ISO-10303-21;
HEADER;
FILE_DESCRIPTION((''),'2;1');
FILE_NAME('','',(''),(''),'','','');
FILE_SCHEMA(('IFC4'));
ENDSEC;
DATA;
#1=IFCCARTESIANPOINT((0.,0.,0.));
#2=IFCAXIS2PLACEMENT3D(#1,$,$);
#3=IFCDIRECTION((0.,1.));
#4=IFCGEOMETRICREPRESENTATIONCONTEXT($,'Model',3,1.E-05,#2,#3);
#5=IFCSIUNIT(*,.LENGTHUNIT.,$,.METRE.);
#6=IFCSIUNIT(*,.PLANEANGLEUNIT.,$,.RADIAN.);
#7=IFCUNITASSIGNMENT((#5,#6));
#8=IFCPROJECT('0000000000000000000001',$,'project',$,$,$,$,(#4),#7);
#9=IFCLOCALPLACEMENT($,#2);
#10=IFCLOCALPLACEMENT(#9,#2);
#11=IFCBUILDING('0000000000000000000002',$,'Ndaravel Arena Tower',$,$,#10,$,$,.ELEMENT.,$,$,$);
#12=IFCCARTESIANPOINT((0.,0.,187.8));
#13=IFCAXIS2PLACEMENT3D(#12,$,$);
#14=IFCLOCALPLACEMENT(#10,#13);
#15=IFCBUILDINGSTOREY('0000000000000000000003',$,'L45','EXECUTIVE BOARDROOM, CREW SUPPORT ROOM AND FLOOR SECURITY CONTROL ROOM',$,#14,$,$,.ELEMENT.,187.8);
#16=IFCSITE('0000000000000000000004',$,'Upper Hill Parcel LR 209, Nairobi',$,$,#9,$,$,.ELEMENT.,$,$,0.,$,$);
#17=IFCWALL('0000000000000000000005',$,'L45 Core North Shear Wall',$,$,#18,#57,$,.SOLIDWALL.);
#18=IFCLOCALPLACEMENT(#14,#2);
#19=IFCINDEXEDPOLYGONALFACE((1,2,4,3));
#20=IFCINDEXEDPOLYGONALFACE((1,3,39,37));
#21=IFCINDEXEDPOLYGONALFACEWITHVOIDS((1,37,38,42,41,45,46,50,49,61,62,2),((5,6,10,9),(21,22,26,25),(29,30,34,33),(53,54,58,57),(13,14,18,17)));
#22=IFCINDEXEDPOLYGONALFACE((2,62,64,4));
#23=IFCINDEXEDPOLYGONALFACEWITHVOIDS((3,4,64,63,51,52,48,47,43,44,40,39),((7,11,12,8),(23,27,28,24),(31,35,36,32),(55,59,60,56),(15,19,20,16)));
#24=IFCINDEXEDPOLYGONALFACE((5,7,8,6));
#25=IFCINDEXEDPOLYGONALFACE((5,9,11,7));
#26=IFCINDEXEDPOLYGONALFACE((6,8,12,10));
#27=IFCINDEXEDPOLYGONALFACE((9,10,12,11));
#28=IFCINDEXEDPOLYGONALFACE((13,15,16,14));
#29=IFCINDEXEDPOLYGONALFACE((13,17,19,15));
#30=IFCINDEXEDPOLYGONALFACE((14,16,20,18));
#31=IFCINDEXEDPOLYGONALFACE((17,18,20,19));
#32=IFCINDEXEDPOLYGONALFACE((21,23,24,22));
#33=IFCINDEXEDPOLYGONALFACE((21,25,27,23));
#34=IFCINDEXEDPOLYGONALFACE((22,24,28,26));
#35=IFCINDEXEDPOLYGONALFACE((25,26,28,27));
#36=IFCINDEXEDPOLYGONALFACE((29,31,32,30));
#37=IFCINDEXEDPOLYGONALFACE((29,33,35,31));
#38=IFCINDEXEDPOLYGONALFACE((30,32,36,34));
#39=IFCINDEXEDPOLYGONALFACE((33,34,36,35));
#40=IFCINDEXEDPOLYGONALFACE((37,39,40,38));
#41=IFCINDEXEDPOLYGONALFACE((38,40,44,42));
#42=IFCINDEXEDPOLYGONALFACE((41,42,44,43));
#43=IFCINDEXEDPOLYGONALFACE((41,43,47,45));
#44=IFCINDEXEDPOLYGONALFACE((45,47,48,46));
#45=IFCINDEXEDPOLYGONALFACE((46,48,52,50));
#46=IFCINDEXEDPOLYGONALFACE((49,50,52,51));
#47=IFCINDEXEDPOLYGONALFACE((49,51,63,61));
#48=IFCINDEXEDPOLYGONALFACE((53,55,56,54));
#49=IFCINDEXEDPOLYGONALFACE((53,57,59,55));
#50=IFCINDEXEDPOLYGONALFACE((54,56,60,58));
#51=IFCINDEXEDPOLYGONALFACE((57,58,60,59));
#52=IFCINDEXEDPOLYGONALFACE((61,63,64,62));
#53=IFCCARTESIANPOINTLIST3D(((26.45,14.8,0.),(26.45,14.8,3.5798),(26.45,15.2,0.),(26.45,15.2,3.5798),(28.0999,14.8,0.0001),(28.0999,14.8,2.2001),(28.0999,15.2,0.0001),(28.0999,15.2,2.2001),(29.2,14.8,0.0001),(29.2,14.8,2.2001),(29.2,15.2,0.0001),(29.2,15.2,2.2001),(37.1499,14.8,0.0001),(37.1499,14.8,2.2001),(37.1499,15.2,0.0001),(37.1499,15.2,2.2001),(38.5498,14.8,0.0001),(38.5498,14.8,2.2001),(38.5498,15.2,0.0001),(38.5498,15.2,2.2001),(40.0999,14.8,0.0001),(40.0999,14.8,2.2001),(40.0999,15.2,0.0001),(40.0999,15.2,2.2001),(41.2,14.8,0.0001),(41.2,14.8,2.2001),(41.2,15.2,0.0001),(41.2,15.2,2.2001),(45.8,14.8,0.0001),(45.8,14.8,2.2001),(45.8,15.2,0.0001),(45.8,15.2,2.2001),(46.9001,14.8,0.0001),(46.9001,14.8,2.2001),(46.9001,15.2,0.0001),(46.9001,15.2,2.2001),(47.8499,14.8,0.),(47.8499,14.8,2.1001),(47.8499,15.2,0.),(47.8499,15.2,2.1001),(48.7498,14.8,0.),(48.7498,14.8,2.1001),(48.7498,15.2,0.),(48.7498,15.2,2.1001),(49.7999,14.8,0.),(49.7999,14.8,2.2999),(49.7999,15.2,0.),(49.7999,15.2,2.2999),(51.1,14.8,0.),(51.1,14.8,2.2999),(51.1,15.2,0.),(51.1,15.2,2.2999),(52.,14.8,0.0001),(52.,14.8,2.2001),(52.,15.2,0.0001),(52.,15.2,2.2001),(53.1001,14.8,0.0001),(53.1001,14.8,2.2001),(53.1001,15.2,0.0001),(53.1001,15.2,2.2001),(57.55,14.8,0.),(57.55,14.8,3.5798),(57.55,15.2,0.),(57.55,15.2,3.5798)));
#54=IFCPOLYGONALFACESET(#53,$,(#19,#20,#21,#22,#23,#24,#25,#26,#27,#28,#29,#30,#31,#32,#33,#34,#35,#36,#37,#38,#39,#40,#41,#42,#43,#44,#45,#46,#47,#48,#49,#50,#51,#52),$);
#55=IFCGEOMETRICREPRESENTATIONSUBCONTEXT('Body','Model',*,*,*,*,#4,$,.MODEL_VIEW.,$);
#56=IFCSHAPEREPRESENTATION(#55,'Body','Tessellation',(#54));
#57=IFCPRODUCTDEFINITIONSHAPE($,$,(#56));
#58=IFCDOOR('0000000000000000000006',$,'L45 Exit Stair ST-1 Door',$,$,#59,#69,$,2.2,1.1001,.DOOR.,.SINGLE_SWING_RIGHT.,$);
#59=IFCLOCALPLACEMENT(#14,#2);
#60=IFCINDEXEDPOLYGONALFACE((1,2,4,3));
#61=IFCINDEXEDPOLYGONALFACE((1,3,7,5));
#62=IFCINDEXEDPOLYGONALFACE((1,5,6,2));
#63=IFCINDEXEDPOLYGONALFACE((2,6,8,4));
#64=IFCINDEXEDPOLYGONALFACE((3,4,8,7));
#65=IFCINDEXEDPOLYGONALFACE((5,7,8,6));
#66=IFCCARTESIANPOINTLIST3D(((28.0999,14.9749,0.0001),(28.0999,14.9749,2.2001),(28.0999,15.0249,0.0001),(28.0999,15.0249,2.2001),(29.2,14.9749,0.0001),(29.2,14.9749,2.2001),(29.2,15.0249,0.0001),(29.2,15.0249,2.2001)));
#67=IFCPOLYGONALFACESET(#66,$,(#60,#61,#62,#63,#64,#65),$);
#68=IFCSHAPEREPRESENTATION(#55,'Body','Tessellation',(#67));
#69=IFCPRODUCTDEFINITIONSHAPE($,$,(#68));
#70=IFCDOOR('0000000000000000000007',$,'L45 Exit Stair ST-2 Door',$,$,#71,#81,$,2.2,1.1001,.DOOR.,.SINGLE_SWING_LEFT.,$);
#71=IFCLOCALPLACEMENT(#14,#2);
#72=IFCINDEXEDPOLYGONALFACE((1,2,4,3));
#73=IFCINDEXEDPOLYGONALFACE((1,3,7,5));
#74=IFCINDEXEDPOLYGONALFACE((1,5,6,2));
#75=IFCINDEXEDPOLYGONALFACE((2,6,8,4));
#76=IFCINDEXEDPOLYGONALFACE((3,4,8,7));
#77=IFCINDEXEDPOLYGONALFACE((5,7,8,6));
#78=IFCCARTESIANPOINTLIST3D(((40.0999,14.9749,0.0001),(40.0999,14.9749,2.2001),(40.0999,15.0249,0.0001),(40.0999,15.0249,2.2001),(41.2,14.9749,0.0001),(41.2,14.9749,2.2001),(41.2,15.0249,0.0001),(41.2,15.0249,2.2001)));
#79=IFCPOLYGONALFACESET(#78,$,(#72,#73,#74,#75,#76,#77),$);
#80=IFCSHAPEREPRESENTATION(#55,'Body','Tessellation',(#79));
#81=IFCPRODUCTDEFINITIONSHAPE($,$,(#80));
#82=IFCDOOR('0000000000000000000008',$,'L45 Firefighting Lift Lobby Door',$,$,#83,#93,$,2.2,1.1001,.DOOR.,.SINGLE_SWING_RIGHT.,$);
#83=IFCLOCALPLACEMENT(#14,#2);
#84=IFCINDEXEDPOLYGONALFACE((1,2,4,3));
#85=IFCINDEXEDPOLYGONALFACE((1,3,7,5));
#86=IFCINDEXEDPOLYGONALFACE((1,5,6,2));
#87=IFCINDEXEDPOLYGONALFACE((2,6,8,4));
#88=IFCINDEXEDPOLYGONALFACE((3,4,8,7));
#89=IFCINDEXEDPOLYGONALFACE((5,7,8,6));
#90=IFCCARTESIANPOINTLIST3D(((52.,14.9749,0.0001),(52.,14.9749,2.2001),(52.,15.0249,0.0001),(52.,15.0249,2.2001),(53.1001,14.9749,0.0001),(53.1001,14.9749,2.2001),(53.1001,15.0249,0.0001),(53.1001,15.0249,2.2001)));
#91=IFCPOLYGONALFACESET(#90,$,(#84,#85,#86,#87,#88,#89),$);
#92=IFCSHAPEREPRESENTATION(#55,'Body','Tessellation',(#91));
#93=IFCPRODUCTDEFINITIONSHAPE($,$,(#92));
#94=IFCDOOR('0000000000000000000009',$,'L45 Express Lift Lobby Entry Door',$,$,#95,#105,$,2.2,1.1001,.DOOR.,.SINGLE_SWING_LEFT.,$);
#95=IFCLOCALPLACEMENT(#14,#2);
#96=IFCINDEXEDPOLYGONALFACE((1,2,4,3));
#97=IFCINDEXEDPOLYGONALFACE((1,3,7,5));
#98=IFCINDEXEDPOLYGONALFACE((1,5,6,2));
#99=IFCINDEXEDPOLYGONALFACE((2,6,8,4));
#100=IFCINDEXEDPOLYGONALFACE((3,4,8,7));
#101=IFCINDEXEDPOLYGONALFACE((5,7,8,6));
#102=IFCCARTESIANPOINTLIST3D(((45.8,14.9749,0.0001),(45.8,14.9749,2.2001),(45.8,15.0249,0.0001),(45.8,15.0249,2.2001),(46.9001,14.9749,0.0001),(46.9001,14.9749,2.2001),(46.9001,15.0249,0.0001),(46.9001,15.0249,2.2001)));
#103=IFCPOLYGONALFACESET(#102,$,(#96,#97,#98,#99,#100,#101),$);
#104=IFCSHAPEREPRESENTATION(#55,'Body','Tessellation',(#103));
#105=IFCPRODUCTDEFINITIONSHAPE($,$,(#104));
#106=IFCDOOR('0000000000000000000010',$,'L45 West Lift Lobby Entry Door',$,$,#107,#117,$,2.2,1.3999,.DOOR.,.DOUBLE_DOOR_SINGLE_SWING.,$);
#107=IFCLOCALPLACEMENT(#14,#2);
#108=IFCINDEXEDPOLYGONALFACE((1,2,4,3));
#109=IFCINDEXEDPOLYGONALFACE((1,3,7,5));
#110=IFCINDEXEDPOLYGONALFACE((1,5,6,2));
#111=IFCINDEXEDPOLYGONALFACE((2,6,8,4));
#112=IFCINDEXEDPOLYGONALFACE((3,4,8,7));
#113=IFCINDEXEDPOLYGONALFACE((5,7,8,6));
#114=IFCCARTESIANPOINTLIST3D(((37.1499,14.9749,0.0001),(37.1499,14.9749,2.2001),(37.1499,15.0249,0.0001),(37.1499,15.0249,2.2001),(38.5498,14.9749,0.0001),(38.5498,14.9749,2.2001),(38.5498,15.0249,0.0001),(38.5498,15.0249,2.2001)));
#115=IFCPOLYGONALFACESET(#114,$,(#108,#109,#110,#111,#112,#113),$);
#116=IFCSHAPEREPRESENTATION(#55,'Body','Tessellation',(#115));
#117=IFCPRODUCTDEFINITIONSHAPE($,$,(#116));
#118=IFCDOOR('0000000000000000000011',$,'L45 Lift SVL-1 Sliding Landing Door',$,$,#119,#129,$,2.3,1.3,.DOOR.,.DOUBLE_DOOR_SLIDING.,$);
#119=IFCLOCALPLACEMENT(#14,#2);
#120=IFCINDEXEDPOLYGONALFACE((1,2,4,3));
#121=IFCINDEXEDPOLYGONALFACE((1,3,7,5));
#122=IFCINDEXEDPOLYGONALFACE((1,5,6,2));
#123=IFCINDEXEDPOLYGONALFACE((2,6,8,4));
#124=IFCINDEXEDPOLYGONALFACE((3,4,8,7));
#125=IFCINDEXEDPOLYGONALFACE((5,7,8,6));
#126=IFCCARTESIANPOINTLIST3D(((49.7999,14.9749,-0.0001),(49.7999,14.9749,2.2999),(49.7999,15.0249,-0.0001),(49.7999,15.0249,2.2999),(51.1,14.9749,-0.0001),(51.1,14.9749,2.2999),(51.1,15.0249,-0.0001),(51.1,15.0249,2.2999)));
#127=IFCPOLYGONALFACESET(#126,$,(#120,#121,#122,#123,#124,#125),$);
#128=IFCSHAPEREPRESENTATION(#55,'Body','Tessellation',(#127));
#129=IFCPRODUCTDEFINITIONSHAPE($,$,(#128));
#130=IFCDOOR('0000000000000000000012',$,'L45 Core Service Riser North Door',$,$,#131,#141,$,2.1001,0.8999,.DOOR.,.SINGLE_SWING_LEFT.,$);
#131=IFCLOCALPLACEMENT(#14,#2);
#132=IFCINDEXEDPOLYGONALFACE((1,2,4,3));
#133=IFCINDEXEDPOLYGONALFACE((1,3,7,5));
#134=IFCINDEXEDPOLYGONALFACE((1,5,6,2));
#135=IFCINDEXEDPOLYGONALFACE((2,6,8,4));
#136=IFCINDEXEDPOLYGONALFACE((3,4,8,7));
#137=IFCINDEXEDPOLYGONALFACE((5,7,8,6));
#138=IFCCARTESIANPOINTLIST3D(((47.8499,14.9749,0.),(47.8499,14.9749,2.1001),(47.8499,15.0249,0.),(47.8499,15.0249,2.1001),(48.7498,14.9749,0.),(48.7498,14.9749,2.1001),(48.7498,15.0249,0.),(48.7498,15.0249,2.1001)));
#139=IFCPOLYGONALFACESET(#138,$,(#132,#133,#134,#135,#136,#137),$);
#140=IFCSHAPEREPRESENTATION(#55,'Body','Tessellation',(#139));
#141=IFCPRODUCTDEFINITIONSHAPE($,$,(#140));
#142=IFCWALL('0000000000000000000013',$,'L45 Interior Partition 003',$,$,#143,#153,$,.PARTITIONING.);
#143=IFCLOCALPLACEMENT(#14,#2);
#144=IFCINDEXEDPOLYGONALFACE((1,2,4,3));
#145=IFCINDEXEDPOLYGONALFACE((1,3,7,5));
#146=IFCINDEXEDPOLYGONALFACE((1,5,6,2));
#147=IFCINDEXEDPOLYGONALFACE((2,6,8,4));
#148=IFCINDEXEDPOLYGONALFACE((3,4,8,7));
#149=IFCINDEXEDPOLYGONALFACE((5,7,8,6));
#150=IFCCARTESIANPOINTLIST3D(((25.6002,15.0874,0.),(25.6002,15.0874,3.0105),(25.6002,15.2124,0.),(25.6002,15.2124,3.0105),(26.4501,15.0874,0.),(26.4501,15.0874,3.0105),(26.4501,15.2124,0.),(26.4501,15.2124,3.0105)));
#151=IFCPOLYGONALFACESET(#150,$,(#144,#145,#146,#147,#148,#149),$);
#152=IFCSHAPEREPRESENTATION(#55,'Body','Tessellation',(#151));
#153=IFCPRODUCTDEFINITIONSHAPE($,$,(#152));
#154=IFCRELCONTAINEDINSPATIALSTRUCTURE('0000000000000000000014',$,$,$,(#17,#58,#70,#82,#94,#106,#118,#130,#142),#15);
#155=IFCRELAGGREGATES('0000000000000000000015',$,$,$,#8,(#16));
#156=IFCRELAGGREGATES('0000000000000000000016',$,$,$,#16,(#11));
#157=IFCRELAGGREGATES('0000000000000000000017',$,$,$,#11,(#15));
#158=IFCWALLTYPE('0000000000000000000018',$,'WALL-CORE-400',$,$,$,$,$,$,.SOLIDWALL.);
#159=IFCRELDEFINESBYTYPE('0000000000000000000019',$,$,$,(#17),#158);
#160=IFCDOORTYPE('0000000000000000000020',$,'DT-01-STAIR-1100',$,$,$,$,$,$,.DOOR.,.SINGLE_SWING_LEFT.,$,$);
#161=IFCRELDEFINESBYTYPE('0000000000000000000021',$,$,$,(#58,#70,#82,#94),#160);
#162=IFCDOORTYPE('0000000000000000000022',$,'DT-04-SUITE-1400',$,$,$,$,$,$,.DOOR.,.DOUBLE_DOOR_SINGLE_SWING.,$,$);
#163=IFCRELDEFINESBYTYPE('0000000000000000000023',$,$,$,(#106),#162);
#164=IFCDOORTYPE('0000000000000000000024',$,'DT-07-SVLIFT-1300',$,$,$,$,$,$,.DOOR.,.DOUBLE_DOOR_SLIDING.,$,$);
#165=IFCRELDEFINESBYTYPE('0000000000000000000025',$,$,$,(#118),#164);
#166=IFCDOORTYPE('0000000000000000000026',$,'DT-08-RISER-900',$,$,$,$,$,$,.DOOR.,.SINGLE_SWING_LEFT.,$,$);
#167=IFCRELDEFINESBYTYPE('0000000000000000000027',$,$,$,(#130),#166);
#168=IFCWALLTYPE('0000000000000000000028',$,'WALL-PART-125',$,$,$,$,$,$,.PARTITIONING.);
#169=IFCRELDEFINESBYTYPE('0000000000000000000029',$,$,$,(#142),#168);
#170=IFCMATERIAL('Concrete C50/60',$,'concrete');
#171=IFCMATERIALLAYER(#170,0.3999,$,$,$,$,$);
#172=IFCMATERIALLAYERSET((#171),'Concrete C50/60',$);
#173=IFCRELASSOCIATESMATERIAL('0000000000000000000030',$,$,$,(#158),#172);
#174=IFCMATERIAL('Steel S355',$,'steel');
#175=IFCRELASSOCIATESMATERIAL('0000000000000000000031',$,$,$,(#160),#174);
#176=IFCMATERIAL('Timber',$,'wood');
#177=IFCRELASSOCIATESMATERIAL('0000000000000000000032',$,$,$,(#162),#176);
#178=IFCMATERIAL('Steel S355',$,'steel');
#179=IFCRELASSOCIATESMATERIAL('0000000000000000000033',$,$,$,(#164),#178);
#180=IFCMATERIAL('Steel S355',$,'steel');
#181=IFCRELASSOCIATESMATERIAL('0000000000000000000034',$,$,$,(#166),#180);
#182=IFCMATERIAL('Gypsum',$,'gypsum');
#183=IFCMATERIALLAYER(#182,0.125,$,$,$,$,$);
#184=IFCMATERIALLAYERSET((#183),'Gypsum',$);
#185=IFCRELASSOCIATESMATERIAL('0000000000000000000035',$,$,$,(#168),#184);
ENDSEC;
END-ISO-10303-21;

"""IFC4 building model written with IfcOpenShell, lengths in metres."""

from ifc_helpers import new_model, si_unit, direction, frame, frame_2d, origin, place, context, subcontext, project, spatial, rectangle, extrude, material, layer, layer_set, type_object, element, fill, save


model = new_model("IFC4")

# Units and contexts
model_context = context("Model", 3, precision=1e-05, world=origin(), true_north=direction((0.0, 1.0)))
body_context = subcontext(model_context, "Body", "Model", "MODEL_VIEW")
ifc_project = project(units=[si_unit("LENGTHUNIT", "METRE"), si_unit("PLANEANGLEUNIT", "RADIAN")], contexts=[model_context])

# Site, building, storey
site_placement = place(None, origin())
site = spatial("IfcSite", under=ifc_project, at=site_placement, Name="Upper Hill Parcel LR 209, Nairobi", CompositionType="ELEMENT", RefElevation=0.0)
building_placement = place(site_placement, origin())
building = spatial("IfcBuilding", under=site, at=building_placement, Name="Ndaravel Arena Tower", CompositionType="ELEMENT")
storey_placement = place(building_placement, frame((0.0, 0.0, 187.8)))
storey = spatial("IfcBuildingStorey", under=building, at=storey_placement, Name="L45", Description="EXECUTIVE BOARDROOM, CREW SUPPORT ROOM AND FLOOR SECURITY CONTROL ROOM", CompositionType="ELEMENT", Elevation=187.8)

# Wall, openings, doors
ifc_material_1 = material(Name="Concrete C50/60", Category="concrete")
ifc_layer_1 = layer(ifc_material_1, 0.3999)
ifc_layer_set_1 = layer_set([ifc_layer_1], Name="Concrete C50/60")
wall_type_1 = type_object("IfcWallType", Name="WALL-CORE-400", PredefinedType="SOLIDWALL", material=ifc_layer_set_1)
wall_1_placement = place(storey_placement, frame((26.45, 15.0, 0.0), z_axis=(0.0, 0.0, 1.0), x_axis=(1.0, 0.0, 0.0)))
wall_1 = element("IfcWall", 1, at=wall_1_placement, inside=storey, type_object=wall_type_1, Name="L45 Core North Shear Wall", PredefinedType="SOLIDWALL", context=body_context, shape_type="SweptSolid", body=[
    extrude(rectangle(XDim=31.1001, YDim=0.3999, at=frame_2d((15.55, 0.0))), origin(), (0.0, 0.0, 1.0), 3.5798),
])
opening_1_placement = place(wall_1_placement, frame((1.6499, 0.0, 0.0)))
opening_1 = element("IfcOpeningElement", 2, at=opening_1_placement, cuts=wall_1, PredefinedType="OPENING", context=body_context, shape_type="SweptSolid", body=[
    extrude(rectangle(XDim=1.1001, YDim=2.2, at=frame_2d((0.55, 1.1001))), frame((0.0, 0.2, 0.0), z_axis=(0.0, -1.0, 0.0), x_axis=(1.0, 0.0, 0.0)), (0.0, 0.0, 1.0), 0.3999),
])
opening_2_placement = place(wall_1_placement, frame((13.6499, 0.0, 0.0)))
opening_2 = element("IfcOpeningElement", 3, at=opening_2_placement, cuts=wall_1, PredefinedType="OPENING", context=body_context, shape_type="SweptSolid", body=[
    extrude(rectangle(XDim=1.1001, YDim=2.2, at=frame_2d((0.55, 1.1001))), frame((0.0, 0.2, 0.0), z_axis=(0.0, -1.0, 0.0), x_axis=(1.0, 0.0, 0.0)), (0.0, 0.0, 1.0), 0.3999),
])
opening_3_placement = place(wall_1_placement, frame((25.55, 0.0, 0.0)))
opening_3 = element("IfcOpeningElement", 4, at=opening_3_placement, cuts=wall_1, PredefinedType="OPENING", context=body_context, shape_type="SweptSolid", body=[
    extrude(rectangle(XDim=1.1001, YDim=2.2, at=frame_2d((0.55, 1.1001))), frame((0.0, 0.2, 0.0), z_axis=(0.0, -1.0, 0.0), x_axis=(1.0, 0.0, 0.0)), (0.0, 0.0, 1.0), 0.3999),
])
opening_4_placement = place(wall_1_placement, frame((10.7, 0.0, 0.0)))
opening_4 = element("IfcOpeningElement", 5, at=opening_4_placement, cuts=wall_1, PredefinedType="OPENING", context=body_context, shape_type="SweptSolid", body=[
    extrude(rectangle(XDim=1.3999, YDim=2.2, at=frame_2d((0.7, 1.1001))), frame((0.0, 0.2, 0.0), z_axis=(0.0, -1.0, 0.0), x_axis=(1.0, 0.0, 0.0)), (0.0, 0.0, 1.0), 0.3999),
])
opening_5_placement = place(wall_1_placement, frame((19.3501, 0.0, 0.0)))
opening_5 = element("IfcOpeningElement", 6, at=opening_5_placement, cuts=wall_1, PredefinedType="OPENING", context=body_context, shape_type="SweptSolid", body=[
    extrude(rectangle(XDim=1.1001, YDim=2.2, at=frame_2d((0.55, 1.1001))), frame((0.0, 0.2, 0.0), z_axis=(0.0, -1.0, 0.0), x_axis=(1.0, 0.0, 0.0)), (0.0, 0.0, 1.0), 0.3999),
])
opening_6_placement = place(wall_1_placement, frame((21.3999, 0.0, 0.0)))
opening_6 = element("IfcOpeningElement", 7, at=opening_6_placement, cuts=wall_1, PredefinedType="OPENING", context=body_context, shape_type="SweptSolid", body=[
    extrude(rectangle(XDim=0.8999, YDim=2.1001, at=frame_2d((0.45, 1.05))), frame((0.0, 0.2, 0.0), z_axis=(0.0, -1.0, 0.0), x_axis=(1.0, 0.0, 0.0)), (0.0, 0.0, 1.0), 0.3999),
])
opening_7_placement = place(wall_1_placement, frame((23.3501, 0.0, 0.0)))
opening_7 = element("IfcOpeningElement", 8, at=opening_7_placement, cuts=wall_1, PredefinedType="OPENING", context=body_context, shape_type="SweptSolid", body=[
    extrude(rectangle(XDim=1.3, YDim=2.3, at=frame_2d((0.6499, 1.1499))), frame((0.0, 0.2, 0.0), z_axis=(0.0, -1.0, 0.0), x_axis=(1.0, 0.0, 0.0)), (0.0, 0.0, 1.0), 0.3999),
])
ifc_material_2 = material(Name="Steel S355", Category="steel")
door_type_1 = type_object("IfcDoorType", Name="DT-01-STAIR-1100", OperationType="SINGLE_SWING_LEFT", PredefinedType="DOOR", material=ifc_material_2)
door_1_placement = place(opening_1_placement, origin())
door_1 = element("IfcDoor", 9, at=door_1_placement, inside=storey, type_object=door_type_1, Name="L45 Exit Stair ST-1 Door", OperationType="SINGLE_SWING_RIGHT", OverallHeight=2.2, OverallWidth=1.1001, PredefinedType="DOOR", context=body_context, shape_type="SweptSolid", body=[
    extrude(rectangle(XDim=1.1001, YDim=2.2, at=frame_2d((0.55, 1.1001))), frame((0.0, 0.0249, 0.0), z_axis=(0.0, -1.0, 0.0), x_axis=(1.0, 0.0, 0.0)), (0.0, 0.0, 1.0), 0.05),
])
fill(opening_1, door_1)
door_2_placement = place(opening_2_placement, origin())
door_2 = element("IfcDoor", 10, at=door_2_placement, inside=storey, type_object=door_type_1, Name="L45 Exit Stair ST-2 Door", OperationType="SINGLE_SWING_LEFT", OverallHeight=2.2, OverallWidth=1.1001, PredefinedType="DOOR", context=body_context, shape_type="SweptSolid", body=[
    extrude(rectangle(XDim=1.1001, YDim=2.2, at=frame_2d((0.55, 1.1001))), frame((0.0, 0.0249, 0.0), z_axis=(0.0, -1.0, 0.0), x_axis=(1.0, 0.0, 0.0)), (0.0, 0.0, 1.0), 0.05),
])
fill(opening_2, door_2)
door_3_placement = place(opening_3_placement, origin())
door_3 = element("IfcDoor", 11, at=door_3_placement, inside=storey, type_object=door_type_1, Name="L45 Firefighting Lift Lobby Door", OperationType="SINGLE_SWING_RIGHT", OverallHeight=2.2, OverallWidth=1.1001, PredefinedType="DOOR", context=body_context, shape_type="SweptSolid", body=[
    extrude(rectangle(XDim=1.1001, YDim=2.2, at=frame_2d((0.55, 1.1001))), frame((0.0, 0.0249, 0.0), z_axis=(0.0, -1.0, 0.0), x_axis=(1.0, 0.0, 0.0)), (0.0, 0.0, 1.0), 0.05),
])
fill(opening_3, door_3)
door_4_placement = place(opening_5_placement, origin())
door_4 = element("IfcDoor", 12, at=door_4_placement, inside=storey, type_object=door_type_1, Name="L45 Express Lift Lobby Entry Door", OperationType="SINGLE_SWING_LEFT", OverallHeight=2.2, OverallWidth=1.1001, PredefinedType="DOOR", context=body_context, shape_type="SweptSolid", body=[
    extrude(rectangle(XDim=1.1001, YDim=2.2, at=frame_2d((0.55, 1.1001))), frame((0.0, 0.0249, 0.0), z_axis=(0.0, -1.0, 0.0), x_axis=(1.0, 0.0, 0.0)), (0.0, 0.0, 1.0), 0.05),
])
fill(opening_5, door_4)
ifc_material_3 = material(Name="Timber", Category="wood")
door_type_2 = type_object("IfcDoorType", Name="DT-04-SUITE-1400", OperationType="DOUBLE_DOOR_SINGLE_SWING", PredefinedType="DOOR", material=ifc_material_3)
door_5_placement = place(opening_4_placement, origin())
door_5 = element("IfcDoor", 13, at=door_5_placement, inside=storey, type_object=door_type_2, Name="L45 West Lift Lobby Entry Door", OperationType="DOUBLE_DOOR_SINGLE_SWING", OverallHeight=2.2, OverallWidth=1.3999, PredefinedType="DOOR", context=body_context, shape_type="SweptSolid", body=[
    extrude(rectangle(XDim=1.3999, YDim=2.2, at=frame_2d((0.7, 1.1001))), frame((0.0, 0.0249, 0.0), z_axis=(0.0, -1.0, 0.0), x_axis=(1.0, 0.0, 0.0)), (0.0, 0.0, 1.0), 0.05),
])
fill(opening_4, door_5)
ifc_material_4 = material(Name="Steel S355", Category="steel")
door_type_3 = type_object("IfcDoorType", Name="DT-07-SVLIFT-1300", OperationType="DOUBLE_DOOR_SLIDING", PredefinedType="DOOR", material=ifc_material_4)
door_6_placement = place(opening_7_placement, origin())
door_6 = element("IfcDoor", 14, at=door_6_placement, inside=storey, type_object=door_type_3, Name="L45 Lift SVL-1 Sliding Landing Door", OperationType="DOUBLE_DOOR_SLIDING", OverallHeight=2.3, OverallWidth=1.3, PredefinedType="DOOR", context=body_context, shape_type="SweptSolid", body=[
    extrude(rectangle(XDim=1.3, YDim=2.3, at=frame_2d((0.6499, 1.1499))), frame((0.0, 0.0249, 0.0), z_axis=(0.0, -1.0, 0.0), x_axis=(1.0, 0.0, 0.0)), (0.0, 0.0, 1.0), 0.05),
])
fill(opening_7, door_6)
ifc_material_5 = material(Name="Steel S355", Category="steel")
door_type_4 = type_object("IfcDoorType", Name="DT-08-RISER-900", OperationType="SINGLE_SWING_LEFT", PredefinedType="DOOR", material=ifc_material_5)
door_7_placement = place(opening_6_placement, origin())
door_7 = element("IfcDoor", 15, at=door_7_placement, inside=storey, type_object=door_type_4, Name="L45 Core Service Riser North Door", OperationType="SINGLE_SWING_LEFT", OverallHeight=2.1001, OverallWidth=0.8999, PredefinedType="DOOR", context=body_context, shape_type="SweptSolid", body=[
    extrude(rectangle(XDim=0.8999, YDim=2.1001, at=frame_2d((0.45, 1.05))), frame((0.0, 0.0249, 0.0), z_axis=(0.0, -1.0, 0.0), x_axis=(1.0, 0.0, 0.0)), (0.0, 0.0, 1.0), 0.05),
])
fill(opening_6, door_7)

# Wall
ifc_material_6 = material(Name="Gypsum", Category="gypsum")
ifc_layer_2 = layer(ifc_material_6, 0.125)
ifc_layer_set_2 = layer_set([ifc_layer_2], Name="Gypsum")
wall_type_2 = type_object("IfcWallType", Name="WALL-PART-125", PredefinedType="PARTITIONING", material=ifc_layer_set_2)
wall_2_placement = place(storey_placement, frame((26.45, 15.1499, 0.0), z_axis=(0.0, 0.0, 1.0), x_axis=(-1.0, 0.0, 0.0)))
element("IfcWall", 16, at=wall_2_placement, inside=storey, type_object=wall_type_2, Name="L45 Interior Partition 003", PredefinedType="PARTITIONING", context=body_context, shape_type="SweptSolid", body=[
    extrude(rectangle(XDim=0.8499, YDim=0.125, at=frame_2d((0.4248, 0.0))), origin(), (0.0, 0.0, 1.0), 3.0105),
])

save(model, "model.ifc")
